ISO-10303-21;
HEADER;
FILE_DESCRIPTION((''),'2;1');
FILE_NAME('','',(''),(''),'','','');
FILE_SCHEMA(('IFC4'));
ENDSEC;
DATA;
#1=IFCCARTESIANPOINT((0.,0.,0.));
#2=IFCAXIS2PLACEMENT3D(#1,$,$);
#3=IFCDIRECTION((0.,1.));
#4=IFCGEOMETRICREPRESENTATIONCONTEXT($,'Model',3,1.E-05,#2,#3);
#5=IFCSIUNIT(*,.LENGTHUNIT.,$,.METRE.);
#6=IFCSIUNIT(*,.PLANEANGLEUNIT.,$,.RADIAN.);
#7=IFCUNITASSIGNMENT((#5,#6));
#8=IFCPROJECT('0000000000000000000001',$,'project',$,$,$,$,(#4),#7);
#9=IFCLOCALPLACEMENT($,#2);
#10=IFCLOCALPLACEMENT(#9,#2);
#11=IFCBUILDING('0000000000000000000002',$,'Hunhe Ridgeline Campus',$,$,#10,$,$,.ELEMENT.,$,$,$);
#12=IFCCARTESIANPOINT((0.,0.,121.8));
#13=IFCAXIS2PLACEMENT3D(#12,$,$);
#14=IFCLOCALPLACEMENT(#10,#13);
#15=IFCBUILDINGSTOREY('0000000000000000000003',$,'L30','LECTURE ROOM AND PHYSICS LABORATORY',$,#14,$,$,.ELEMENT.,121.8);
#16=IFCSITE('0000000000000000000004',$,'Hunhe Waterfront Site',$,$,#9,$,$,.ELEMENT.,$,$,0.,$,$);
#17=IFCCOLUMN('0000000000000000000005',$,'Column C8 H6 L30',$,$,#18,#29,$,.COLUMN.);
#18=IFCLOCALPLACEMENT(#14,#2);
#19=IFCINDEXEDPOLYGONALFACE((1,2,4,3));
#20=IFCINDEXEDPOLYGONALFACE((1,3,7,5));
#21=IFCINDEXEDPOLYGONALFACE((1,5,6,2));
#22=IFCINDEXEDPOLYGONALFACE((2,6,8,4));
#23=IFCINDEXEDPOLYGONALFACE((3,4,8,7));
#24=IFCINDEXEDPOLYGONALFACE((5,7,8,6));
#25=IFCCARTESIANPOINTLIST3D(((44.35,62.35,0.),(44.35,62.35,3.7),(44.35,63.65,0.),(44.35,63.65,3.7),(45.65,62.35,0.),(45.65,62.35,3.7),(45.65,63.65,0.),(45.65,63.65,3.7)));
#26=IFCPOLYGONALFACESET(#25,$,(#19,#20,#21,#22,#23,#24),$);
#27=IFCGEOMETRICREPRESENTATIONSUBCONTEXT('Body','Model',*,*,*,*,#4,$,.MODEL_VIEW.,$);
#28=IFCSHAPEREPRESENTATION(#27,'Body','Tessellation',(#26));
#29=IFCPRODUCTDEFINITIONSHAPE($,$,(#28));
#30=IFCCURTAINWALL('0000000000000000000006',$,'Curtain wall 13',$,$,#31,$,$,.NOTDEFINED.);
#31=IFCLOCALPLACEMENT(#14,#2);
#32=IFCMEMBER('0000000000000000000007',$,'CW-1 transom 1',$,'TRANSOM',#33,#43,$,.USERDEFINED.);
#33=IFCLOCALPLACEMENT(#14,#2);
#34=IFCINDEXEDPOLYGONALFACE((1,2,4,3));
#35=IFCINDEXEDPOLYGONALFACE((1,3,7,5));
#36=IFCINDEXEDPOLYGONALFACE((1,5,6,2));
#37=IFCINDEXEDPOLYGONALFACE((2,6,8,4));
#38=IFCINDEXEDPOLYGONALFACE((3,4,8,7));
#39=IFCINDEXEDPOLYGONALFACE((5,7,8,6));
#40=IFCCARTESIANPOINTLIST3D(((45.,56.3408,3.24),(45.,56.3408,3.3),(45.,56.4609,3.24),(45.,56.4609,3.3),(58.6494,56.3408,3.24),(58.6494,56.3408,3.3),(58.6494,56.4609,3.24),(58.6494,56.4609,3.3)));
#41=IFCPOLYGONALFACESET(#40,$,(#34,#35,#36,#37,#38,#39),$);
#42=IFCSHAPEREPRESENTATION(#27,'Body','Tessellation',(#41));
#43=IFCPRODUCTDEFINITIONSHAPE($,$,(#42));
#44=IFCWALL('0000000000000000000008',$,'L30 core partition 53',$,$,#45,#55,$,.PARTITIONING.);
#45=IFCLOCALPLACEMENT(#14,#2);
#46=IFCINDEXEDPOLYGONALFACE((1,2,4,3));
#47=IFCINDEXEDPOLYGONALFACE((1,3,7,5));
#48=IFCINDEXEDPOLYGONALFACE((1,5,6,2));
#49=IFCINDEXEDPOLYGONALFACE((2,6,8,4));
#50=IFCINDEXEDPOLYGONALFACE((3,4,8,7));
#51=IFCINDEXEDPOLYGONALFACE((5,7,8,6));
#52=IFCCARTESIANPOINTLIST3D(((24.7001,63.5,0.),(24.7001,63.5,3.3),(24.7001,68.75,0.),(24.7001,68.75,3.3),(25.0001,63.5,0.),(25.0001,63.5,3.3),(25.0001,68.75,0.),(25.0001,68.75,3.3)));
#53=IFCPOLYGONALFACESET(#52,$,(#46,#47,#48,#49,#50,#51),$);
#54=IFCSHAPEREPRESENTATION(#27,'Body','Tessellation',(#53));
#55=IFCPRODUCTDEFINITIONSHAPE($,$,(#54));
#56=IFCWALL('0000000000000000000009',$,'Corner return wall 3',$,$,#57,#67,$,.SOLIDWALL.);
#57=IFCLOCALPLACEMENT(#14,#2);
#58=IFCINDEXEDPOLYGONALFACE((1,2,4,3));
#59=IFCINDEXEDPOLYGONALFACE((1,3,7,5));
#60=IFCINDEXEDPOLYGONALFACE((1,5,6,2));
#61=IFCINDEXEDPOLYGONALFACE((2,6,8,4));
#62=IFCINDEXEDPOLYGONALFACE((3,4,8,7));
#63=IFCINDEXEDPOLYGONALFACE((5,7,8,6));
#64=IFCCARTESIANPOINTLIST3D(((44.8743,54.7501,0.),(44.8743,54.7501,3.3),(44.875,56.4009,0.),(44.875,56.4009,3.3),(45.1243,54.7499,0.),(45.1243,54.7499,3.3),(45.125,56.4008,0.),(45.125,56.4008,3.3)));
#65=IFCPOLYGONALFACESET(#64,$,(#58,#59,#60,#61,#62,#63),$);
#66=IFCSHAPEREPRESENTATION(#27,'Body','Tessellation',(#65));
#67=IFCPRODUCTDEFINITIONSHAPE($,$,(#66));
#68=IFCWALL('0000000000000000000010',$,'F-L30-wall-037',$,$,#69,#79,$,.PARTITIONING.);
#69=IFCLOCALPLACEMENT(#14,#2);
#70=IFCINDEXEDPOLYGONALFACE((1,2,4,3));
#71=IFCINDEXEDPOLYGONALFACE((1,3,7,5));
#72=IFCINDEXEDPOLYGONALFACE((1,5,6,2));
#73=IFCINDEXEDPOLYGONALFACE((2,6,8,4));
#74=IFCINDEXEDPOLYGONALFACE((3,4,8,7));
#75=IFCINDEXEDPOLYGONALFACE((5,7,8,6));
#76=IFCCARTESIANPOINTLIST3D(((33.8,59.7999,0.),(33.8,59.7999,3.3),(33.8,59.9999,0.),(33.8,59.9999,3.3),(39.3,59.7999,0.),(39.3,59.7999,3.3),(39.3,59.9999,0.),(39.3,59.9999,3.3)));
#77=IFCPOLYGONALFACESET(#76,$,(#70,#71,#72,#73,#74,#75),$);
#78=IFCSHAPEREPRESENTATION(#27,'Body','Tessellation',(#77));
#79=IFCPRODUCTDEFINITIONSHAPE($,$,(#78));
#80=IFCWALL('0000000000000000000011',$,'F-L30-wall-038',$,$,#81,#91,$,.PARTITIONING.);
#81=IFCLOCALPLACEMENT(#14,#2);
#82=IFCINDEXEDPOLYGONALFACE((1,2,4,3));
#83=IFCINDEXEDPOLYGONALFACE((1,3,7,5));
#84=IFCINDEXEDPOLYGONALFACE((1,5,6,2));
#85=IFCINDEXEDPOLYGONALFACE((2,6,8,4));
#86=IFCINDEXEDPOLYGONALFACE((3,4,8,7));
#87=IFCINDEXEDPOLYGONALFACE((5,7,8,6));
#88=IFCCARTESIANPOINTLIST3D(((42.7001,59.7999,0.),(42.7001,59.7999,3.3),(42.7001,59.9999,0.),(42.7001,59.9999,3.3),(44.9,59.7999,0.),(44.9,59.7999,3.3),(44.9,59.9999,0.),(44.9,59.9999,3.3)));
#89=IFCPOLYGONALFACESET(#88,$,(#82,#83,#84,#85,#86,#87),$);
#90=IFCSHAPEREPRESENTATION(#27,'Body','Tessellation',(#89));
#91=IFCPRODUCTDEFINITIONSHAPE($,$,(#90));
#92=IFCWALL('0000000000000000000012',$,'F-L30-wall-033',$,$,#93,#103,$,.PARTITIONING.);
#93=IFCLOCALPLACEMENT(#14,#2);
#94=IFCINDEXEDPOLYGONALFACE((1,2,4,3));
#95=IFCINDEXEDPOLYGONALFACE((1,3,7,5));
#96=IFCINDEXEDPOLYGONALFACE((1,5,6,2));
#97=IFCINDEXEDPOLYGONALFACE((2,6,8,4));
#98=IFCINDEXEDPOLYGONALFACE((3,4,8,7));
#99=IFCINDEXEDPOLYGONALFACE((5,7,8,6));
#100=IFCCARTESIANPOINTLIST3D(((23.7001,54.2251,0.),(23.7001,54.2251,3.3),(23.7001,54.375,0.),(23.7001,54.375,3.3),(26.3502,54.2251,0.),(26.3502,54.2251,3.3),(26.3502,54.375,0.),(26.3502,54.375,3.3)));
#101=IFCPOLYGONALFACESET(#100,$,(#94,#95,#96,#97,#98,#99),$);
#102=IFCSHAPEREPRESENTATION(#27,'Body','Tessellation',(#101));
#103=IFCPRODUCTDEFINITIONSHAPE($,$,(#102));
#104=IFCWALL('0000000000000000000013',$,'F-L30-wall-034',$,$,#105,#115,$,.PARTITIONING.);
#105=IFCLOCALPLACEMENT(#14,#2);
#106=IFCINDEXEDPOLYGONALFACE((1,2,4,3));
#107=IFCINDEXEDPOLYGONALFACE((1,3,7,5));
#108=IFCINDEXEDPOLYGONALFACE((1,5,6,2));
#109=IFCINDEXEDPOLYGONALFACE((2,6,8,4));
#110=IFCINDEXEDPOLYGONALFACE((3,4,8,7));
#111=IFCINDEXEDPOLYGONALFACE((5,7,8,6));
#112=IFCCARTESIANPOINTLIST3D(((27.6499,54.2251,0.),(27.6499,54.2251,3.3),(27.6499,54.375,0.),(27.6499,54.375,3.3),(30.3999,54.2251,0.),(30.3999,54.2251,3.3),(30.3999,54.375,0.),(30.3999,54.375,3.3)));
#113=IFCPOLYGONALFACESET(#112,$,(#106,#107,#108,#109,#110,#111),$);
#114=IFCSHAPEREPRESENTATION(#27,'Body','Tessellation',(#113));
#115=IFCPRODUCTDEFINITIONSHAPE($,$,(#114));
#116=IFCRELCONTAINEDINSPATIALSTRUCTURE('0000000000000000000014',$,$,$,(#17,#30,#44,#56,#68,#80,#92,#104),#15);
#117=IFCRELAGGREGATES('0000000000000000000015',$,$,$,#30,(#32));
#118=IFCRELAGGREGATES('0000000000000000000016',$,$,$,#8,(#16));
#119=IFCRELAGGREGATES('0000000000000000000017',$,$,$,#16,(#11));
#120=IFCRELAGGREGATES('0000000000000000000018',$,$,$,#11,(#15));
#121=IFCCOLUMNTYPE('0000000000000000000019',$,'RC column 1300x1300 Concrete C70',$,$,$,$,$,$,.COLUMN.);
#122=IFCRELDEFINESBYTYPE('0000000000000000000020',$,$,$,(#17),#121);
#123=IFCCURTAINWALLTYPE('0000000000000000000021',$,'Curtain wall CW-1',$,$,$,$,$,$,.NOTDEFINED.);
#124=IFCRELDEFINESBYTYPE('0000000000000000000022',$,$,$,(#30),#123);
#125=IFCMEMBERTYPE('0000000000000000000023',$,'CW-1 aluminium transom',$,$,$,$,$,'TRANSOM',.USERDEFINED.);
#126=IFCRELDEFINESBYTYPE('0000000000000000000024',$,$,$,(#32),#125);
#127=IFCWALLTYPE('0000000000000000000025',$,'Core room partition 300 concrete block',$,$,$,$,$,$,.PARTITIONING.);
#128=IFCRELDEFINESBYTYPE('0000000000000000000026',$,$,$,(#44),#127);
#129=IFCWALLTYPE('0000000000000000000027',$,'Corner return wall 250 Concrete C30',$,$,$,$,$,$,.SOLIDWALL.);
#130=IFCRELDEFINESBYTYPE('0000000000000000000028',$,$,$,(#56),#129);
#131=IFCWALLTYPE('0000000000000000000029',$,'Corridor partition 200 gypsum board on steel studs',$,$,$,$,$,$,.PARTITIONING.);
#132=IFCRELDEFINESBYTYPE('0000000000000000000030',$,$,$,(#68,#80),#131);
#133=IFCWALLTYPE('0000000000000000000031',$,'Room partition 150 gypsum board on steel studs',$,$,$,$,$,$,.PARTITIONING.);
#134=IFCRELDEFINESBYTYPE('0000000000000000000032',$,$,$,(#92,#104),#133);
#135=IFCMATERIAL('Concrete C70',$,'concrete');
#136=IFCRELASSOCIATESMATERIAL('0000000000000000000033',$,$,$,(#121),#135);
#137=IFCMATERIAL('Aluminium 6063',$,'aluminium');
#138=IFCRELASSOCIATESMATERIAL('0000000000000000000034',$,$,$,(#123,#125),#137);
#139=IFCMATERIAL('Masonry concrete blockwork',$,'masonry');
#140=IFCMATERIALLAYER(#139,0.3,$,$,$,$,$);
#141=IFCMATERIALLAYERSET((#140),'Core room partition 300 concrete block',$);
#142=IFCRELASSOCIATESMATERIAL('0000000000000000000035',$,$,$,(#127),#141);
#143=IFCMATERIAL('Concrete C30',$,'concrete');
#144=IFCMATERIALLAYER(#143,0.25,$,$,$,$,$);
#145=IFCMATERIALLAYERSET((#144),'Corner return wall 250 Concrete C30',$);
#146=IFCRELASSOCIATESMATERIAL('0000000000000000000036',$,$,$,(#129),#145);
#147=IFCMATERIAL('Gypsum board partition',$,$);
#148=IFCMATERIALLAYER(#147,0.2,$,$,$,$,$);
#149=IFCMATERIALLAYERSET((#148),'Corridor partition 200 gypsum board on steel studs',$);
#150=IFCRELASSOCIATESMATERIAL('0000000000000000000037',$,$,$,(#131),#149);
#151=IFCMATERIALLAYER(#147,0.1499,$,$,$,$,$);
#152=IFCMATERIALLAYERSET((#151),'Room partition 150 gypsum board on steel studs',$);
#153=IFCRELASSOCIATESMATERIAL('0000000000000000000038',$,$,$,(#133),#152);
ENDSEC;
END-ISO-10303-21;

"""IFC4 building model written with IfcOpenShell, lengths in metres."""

from ifc_helpers import new_model, si_unit, direction, frame, frame_2d, origin, origin_2d, place, context, subcontext, project, spatial, rectangle, extrude, material, layer, layer_set, material_profile, profile_set, type_object, element, aggregate, save


model = new_model("IFC4")

# Units and contexts
model_context = context("Model", 3, precision=1e-05, world=origin(), true_north=direction((0.0, 1.0)))
body_context = subcontext(model_context, "Body", "Model", "MODEL_VIEW")
ifc_project = project(units=[si_unit("LENGTHUNIT", "METRE"), si_unit("PLANEANGLEUNIT", "RADIAN")], contexts=[model_context])

# Site, building, storey
site_placement = place(None, origin())
site = spatial("IfcSite", under=ifc_project, at=site_placement, Name="Hunhe Waterfront Site", CompositionType="ELEMENT", RefElevation=0.0)
building_placement = place(site_placement, origin())
building = spatial("IfcBuilding", under=site, at=building_placement, Name="Hunhe Ridgeline Campus", CompositionType="ELEMENT")
storey_placement = place(building_placement, frame((0.0, 0.0, 121.8)))
storey = spatial("IfcBuildingStorey", under=building, at=storey_placement, Name="L30", Description="LECTURE ROOM AND PHYSICS LABORATORY", CompositionType="ELEMENT", Elevation=121.8)

# Column
ifc_material_1 = material(Name="Concrete C70", Category="concrete")
ifc_material_profile_1 = material_profile(ifc_material_1, rectangle(XDim=1.3, YDim=1.3, at=origin_2d()))
ifc_profile_set_1 = profile_set([ifc_material_profile_1], Name="Concrete C70")
column_type = type_object("IfcColumnType", Name="RC column 1300x1300 Concrete C70", PredefinedType="COLUMN", material=ifc_profile_set_1)
column_placement = place(storey_placement, frame((45.0, 63.0, 0.0), z_axis=(0.0, 0.0, 1.0), x_axis=(1.0, 0.0, 0.0)))
element("IfcColumn", 1, at=column_placement, inside=storey, type_object=column_type, Name="Column C8 H6 L30", PredefinedType="COLUMN", context=body_context, shape_type="SweptSolid", body=[
    extrude(rectangle(XDim=1.3, YDim=1.3, at=origin_2d()), origin(), (0.0, 0.0, 1.0), 3.7),
])

# Curtain wall, member
ifc_material_2 = material(Name="Aluminium 6063", Category="aluminium")
curtain_wall_type = type_object("IfcCurtainWallType", Name="Curtain wall CW-1", PredefinedType="NOTDEFINED", material=ifc_material_2)
curtain_wall_placement = place(storey_placement, origin())
curtain_wall = element("IfcCurtainWall", 2, at=curtain_wall_placement, inside=storey, type_object=curtain_wall_type, Name="Curtain wall 13", PredefinedType="NOTDEFINED")
ifc_material_profile_2 = material_profile(ifc_material_2, rectangle(XDim=0.1201, YDim=0.0601, at=origin_2d()))
ifc_profile_set_2 = profile_set([ifc_material_profile_2], Name="Aluminium 6063")
member_type = type_object("IfcMemberType", Name="CW-1 aluminium transom", ElementType="TRANSOM", PredefinedType="USERDEFINED", material=ifc_profile_set_2)
member_placement = place(storey_placement, frame((45.0, 56.4009, 3.27), z_axis=(1.0, 0.0, 0.0), x_axis=(0.0, 1.0, 0.0)))
member = element("IfcMember", 3, at=member_placement, type_object=member_type, Name="CW-1 transom 1", ObjectType="TRANSOM", PredefinedType="USERDEFINED", context=body_context, shape_type="SweptSolid", body=[
    extrude(rectangle(XDim=0.1201, YDim=0.0601, at=origin_2d()), origin(), (0.0, 0.0, 1.0), 13.6494),
])
aggregate(curtain_wall, [member])

# Walls
ifc_material_3 = material(Name="Masonry concrete blockwork", Category="masonry")
ifc_layer_1 = layer(ifc_material_3, 0.3)
ifc_layer_set_1 = layer_set([ifc_layer_1], Name="Core room partition 300 concrete block")
wall_type_1 = type_object("IfcWallType", Name="Core room partition 300 concrete block", PredefinedType="PARTITIONING", material=ifc_layer_set_1)
wall_1_placement = place(storey_placement, frame((24.8501, 63.5, 0.0), z_axis=(0.0, 0.0, 1.0), x_axis=(0.0, 1.0, 0.0)))
element("IfcWall", 4, at=wall_1_placement, inside=storey, type_object=wall_type_1, Name="L30 core partition 53", PredefinedType="PARTITIONING", context=body_context, shape_type="SweptSolid", body=[
    extrude(rectangle(XDim=5.25, YDim=0.3, at=frame_2d((2.625, 0.0))), origin(), (0.0, 0.0, 1.0), 3.3),
])
ifc_material_4 = material(Name="Concrete C30", Category="concrete")
ifc_layer_2 = layer(ifc_material_4, 0.25)
ifc_layer_set_2 = layer_set([ifc_layer_2], Name="Corner return wall 250 Concrete C30")
wall_type_2 = type_object("IfcWallType", Name="Corner return wall 250 Concrete C30", PredefinedType="SOLIDWALL", material=ifc_layer_set_2)
wall_2_placement = place(storey_placement, frame((44.9993, 54.75, 0.0), z_axis=(0.0, 0.0, 1.0), x_axis=(0.000444, 1.0, 0.0)))
element("IfcWall", 5, at=wall_2_placement, inside=storey, type_object=wall_type_2, Name="Corner return wall 3", PredefinedType="SOLIDWALL", context=body_context, shape_type="SweptSolid", body=[
    extrude(rectangle(XDim=1.6509, YDim=0.25, at=frame_2d((0.8254, 0.0))), origin(), (0.0, 0.0, 1.0), 3.3),
])

# Shared definitions
ifc_material_5 = material(Name="Gypsum board partition")
ifc_layer_3 = layer(ifc_material_5, 0.2)
ifc_layer_set_3 = layer_set([ifc_layer_3], Name="Corridor partition 200 gypsum board on steel studs")
wall_type_3 = type_object("IfcWallType", Name="Corridor partition 200 gypsum board on steel studs", PredefinedType="PARTITIONING", material=ifc_layer_set_3)

# Walls
wall_3_placement = place(storey_placement, frame((39.3, 59.8999, 0.0), z_axis=(0.0, 0.0, 1.0), x_axis=(-1.0, 0.0, 0.0)))
element("IfcWall", 6, at=wall_3_placement, inside=storey, type_object=wall_type_3, Name="F-L30-wall-037", PredefinedType="PARTITIONING", context=body_context, shape_type="SweptSolid", body=[
    extrude(rectangle(XDim=5.5, YDim=0.2, at=frame_2d((2.75, 0.0))), origin(), (0.0, 0.0, 1.0), 3.3),
])
wall_4_placement = place(storey_placement, frame((42.7, 59.8999, 0.0), z_axis=(0.0, 0.0, 1.0), x_axis=(1.0, 0.0, 0.0)))
element("IfcWall", 7, at=wall_4_placement, inside=storey, type_object=wall_type_3, Name="F-L30-wall-038", PredefinedType="PARTITIONING", context=body_context, shape_type="SweptSolid", body=[
    extrude(rectangle(XDim=2.2, YDim=0.2, at=frame_2d((1.1001, 0.0))), origin(), (0.0, 0.0, 1.0), 3.3),
])

# Walls
ifc_layer_4 = layer(ifc_material_5, 0.1499)
ifc_layer_set_4 = layer_set([ifc_layer_4], Name="Room partition 150 gypsum board on steel studs")
wall_type_4 = type_object("IfcWallType", Name="Room partition 150 gypsum board on steel studs", PredefinedType="PARTITIONING", material=ifc_layer_set_4)
wall_5_placement = place(storey_placement, frame((23.7, 54.3, 0.0), z_axis=(0.0, 0.0, 1.0), x_axis=(1.0, 0.0, 0.0)))
element("IfcWall", 8, at=wall_5_placement, inside=storey, type_object=wall_type_4, Name="F-L30-wall-033", PredefinedType="PARTITIONING", context=body_context, shape_type="SweptSolid", body=[
    extrude(rectangle(XDim=2.6501, YDim=0.1499, at=frame_2d((1.3252, 0.0))), origin(), (0.0, 0.0, 1.0), 3.3),
])
wall_6_placement = place(storey_placement, frame((27.6499, 54.3, 0.0), z_axis=(0.0, 0.0, 1.0), x_axis=(1.0, 0.0, 0.0)))
element("IfcWall", 9, at=wall_6_placement, inside=storey, type_object=wall_type_4, Name="F-L30-wall-034", PredefinedType="PARTITIONING", context=body_context, shape_type="SweptSolid", body=[
    extrude(rectangle(XDim=2.75, YDim=0.1499, at=frame_2d((1.375, 0.0))), origin(), (0.0, 0.0, 1.0), 3.3),
])

save(model, "model.ifc")
